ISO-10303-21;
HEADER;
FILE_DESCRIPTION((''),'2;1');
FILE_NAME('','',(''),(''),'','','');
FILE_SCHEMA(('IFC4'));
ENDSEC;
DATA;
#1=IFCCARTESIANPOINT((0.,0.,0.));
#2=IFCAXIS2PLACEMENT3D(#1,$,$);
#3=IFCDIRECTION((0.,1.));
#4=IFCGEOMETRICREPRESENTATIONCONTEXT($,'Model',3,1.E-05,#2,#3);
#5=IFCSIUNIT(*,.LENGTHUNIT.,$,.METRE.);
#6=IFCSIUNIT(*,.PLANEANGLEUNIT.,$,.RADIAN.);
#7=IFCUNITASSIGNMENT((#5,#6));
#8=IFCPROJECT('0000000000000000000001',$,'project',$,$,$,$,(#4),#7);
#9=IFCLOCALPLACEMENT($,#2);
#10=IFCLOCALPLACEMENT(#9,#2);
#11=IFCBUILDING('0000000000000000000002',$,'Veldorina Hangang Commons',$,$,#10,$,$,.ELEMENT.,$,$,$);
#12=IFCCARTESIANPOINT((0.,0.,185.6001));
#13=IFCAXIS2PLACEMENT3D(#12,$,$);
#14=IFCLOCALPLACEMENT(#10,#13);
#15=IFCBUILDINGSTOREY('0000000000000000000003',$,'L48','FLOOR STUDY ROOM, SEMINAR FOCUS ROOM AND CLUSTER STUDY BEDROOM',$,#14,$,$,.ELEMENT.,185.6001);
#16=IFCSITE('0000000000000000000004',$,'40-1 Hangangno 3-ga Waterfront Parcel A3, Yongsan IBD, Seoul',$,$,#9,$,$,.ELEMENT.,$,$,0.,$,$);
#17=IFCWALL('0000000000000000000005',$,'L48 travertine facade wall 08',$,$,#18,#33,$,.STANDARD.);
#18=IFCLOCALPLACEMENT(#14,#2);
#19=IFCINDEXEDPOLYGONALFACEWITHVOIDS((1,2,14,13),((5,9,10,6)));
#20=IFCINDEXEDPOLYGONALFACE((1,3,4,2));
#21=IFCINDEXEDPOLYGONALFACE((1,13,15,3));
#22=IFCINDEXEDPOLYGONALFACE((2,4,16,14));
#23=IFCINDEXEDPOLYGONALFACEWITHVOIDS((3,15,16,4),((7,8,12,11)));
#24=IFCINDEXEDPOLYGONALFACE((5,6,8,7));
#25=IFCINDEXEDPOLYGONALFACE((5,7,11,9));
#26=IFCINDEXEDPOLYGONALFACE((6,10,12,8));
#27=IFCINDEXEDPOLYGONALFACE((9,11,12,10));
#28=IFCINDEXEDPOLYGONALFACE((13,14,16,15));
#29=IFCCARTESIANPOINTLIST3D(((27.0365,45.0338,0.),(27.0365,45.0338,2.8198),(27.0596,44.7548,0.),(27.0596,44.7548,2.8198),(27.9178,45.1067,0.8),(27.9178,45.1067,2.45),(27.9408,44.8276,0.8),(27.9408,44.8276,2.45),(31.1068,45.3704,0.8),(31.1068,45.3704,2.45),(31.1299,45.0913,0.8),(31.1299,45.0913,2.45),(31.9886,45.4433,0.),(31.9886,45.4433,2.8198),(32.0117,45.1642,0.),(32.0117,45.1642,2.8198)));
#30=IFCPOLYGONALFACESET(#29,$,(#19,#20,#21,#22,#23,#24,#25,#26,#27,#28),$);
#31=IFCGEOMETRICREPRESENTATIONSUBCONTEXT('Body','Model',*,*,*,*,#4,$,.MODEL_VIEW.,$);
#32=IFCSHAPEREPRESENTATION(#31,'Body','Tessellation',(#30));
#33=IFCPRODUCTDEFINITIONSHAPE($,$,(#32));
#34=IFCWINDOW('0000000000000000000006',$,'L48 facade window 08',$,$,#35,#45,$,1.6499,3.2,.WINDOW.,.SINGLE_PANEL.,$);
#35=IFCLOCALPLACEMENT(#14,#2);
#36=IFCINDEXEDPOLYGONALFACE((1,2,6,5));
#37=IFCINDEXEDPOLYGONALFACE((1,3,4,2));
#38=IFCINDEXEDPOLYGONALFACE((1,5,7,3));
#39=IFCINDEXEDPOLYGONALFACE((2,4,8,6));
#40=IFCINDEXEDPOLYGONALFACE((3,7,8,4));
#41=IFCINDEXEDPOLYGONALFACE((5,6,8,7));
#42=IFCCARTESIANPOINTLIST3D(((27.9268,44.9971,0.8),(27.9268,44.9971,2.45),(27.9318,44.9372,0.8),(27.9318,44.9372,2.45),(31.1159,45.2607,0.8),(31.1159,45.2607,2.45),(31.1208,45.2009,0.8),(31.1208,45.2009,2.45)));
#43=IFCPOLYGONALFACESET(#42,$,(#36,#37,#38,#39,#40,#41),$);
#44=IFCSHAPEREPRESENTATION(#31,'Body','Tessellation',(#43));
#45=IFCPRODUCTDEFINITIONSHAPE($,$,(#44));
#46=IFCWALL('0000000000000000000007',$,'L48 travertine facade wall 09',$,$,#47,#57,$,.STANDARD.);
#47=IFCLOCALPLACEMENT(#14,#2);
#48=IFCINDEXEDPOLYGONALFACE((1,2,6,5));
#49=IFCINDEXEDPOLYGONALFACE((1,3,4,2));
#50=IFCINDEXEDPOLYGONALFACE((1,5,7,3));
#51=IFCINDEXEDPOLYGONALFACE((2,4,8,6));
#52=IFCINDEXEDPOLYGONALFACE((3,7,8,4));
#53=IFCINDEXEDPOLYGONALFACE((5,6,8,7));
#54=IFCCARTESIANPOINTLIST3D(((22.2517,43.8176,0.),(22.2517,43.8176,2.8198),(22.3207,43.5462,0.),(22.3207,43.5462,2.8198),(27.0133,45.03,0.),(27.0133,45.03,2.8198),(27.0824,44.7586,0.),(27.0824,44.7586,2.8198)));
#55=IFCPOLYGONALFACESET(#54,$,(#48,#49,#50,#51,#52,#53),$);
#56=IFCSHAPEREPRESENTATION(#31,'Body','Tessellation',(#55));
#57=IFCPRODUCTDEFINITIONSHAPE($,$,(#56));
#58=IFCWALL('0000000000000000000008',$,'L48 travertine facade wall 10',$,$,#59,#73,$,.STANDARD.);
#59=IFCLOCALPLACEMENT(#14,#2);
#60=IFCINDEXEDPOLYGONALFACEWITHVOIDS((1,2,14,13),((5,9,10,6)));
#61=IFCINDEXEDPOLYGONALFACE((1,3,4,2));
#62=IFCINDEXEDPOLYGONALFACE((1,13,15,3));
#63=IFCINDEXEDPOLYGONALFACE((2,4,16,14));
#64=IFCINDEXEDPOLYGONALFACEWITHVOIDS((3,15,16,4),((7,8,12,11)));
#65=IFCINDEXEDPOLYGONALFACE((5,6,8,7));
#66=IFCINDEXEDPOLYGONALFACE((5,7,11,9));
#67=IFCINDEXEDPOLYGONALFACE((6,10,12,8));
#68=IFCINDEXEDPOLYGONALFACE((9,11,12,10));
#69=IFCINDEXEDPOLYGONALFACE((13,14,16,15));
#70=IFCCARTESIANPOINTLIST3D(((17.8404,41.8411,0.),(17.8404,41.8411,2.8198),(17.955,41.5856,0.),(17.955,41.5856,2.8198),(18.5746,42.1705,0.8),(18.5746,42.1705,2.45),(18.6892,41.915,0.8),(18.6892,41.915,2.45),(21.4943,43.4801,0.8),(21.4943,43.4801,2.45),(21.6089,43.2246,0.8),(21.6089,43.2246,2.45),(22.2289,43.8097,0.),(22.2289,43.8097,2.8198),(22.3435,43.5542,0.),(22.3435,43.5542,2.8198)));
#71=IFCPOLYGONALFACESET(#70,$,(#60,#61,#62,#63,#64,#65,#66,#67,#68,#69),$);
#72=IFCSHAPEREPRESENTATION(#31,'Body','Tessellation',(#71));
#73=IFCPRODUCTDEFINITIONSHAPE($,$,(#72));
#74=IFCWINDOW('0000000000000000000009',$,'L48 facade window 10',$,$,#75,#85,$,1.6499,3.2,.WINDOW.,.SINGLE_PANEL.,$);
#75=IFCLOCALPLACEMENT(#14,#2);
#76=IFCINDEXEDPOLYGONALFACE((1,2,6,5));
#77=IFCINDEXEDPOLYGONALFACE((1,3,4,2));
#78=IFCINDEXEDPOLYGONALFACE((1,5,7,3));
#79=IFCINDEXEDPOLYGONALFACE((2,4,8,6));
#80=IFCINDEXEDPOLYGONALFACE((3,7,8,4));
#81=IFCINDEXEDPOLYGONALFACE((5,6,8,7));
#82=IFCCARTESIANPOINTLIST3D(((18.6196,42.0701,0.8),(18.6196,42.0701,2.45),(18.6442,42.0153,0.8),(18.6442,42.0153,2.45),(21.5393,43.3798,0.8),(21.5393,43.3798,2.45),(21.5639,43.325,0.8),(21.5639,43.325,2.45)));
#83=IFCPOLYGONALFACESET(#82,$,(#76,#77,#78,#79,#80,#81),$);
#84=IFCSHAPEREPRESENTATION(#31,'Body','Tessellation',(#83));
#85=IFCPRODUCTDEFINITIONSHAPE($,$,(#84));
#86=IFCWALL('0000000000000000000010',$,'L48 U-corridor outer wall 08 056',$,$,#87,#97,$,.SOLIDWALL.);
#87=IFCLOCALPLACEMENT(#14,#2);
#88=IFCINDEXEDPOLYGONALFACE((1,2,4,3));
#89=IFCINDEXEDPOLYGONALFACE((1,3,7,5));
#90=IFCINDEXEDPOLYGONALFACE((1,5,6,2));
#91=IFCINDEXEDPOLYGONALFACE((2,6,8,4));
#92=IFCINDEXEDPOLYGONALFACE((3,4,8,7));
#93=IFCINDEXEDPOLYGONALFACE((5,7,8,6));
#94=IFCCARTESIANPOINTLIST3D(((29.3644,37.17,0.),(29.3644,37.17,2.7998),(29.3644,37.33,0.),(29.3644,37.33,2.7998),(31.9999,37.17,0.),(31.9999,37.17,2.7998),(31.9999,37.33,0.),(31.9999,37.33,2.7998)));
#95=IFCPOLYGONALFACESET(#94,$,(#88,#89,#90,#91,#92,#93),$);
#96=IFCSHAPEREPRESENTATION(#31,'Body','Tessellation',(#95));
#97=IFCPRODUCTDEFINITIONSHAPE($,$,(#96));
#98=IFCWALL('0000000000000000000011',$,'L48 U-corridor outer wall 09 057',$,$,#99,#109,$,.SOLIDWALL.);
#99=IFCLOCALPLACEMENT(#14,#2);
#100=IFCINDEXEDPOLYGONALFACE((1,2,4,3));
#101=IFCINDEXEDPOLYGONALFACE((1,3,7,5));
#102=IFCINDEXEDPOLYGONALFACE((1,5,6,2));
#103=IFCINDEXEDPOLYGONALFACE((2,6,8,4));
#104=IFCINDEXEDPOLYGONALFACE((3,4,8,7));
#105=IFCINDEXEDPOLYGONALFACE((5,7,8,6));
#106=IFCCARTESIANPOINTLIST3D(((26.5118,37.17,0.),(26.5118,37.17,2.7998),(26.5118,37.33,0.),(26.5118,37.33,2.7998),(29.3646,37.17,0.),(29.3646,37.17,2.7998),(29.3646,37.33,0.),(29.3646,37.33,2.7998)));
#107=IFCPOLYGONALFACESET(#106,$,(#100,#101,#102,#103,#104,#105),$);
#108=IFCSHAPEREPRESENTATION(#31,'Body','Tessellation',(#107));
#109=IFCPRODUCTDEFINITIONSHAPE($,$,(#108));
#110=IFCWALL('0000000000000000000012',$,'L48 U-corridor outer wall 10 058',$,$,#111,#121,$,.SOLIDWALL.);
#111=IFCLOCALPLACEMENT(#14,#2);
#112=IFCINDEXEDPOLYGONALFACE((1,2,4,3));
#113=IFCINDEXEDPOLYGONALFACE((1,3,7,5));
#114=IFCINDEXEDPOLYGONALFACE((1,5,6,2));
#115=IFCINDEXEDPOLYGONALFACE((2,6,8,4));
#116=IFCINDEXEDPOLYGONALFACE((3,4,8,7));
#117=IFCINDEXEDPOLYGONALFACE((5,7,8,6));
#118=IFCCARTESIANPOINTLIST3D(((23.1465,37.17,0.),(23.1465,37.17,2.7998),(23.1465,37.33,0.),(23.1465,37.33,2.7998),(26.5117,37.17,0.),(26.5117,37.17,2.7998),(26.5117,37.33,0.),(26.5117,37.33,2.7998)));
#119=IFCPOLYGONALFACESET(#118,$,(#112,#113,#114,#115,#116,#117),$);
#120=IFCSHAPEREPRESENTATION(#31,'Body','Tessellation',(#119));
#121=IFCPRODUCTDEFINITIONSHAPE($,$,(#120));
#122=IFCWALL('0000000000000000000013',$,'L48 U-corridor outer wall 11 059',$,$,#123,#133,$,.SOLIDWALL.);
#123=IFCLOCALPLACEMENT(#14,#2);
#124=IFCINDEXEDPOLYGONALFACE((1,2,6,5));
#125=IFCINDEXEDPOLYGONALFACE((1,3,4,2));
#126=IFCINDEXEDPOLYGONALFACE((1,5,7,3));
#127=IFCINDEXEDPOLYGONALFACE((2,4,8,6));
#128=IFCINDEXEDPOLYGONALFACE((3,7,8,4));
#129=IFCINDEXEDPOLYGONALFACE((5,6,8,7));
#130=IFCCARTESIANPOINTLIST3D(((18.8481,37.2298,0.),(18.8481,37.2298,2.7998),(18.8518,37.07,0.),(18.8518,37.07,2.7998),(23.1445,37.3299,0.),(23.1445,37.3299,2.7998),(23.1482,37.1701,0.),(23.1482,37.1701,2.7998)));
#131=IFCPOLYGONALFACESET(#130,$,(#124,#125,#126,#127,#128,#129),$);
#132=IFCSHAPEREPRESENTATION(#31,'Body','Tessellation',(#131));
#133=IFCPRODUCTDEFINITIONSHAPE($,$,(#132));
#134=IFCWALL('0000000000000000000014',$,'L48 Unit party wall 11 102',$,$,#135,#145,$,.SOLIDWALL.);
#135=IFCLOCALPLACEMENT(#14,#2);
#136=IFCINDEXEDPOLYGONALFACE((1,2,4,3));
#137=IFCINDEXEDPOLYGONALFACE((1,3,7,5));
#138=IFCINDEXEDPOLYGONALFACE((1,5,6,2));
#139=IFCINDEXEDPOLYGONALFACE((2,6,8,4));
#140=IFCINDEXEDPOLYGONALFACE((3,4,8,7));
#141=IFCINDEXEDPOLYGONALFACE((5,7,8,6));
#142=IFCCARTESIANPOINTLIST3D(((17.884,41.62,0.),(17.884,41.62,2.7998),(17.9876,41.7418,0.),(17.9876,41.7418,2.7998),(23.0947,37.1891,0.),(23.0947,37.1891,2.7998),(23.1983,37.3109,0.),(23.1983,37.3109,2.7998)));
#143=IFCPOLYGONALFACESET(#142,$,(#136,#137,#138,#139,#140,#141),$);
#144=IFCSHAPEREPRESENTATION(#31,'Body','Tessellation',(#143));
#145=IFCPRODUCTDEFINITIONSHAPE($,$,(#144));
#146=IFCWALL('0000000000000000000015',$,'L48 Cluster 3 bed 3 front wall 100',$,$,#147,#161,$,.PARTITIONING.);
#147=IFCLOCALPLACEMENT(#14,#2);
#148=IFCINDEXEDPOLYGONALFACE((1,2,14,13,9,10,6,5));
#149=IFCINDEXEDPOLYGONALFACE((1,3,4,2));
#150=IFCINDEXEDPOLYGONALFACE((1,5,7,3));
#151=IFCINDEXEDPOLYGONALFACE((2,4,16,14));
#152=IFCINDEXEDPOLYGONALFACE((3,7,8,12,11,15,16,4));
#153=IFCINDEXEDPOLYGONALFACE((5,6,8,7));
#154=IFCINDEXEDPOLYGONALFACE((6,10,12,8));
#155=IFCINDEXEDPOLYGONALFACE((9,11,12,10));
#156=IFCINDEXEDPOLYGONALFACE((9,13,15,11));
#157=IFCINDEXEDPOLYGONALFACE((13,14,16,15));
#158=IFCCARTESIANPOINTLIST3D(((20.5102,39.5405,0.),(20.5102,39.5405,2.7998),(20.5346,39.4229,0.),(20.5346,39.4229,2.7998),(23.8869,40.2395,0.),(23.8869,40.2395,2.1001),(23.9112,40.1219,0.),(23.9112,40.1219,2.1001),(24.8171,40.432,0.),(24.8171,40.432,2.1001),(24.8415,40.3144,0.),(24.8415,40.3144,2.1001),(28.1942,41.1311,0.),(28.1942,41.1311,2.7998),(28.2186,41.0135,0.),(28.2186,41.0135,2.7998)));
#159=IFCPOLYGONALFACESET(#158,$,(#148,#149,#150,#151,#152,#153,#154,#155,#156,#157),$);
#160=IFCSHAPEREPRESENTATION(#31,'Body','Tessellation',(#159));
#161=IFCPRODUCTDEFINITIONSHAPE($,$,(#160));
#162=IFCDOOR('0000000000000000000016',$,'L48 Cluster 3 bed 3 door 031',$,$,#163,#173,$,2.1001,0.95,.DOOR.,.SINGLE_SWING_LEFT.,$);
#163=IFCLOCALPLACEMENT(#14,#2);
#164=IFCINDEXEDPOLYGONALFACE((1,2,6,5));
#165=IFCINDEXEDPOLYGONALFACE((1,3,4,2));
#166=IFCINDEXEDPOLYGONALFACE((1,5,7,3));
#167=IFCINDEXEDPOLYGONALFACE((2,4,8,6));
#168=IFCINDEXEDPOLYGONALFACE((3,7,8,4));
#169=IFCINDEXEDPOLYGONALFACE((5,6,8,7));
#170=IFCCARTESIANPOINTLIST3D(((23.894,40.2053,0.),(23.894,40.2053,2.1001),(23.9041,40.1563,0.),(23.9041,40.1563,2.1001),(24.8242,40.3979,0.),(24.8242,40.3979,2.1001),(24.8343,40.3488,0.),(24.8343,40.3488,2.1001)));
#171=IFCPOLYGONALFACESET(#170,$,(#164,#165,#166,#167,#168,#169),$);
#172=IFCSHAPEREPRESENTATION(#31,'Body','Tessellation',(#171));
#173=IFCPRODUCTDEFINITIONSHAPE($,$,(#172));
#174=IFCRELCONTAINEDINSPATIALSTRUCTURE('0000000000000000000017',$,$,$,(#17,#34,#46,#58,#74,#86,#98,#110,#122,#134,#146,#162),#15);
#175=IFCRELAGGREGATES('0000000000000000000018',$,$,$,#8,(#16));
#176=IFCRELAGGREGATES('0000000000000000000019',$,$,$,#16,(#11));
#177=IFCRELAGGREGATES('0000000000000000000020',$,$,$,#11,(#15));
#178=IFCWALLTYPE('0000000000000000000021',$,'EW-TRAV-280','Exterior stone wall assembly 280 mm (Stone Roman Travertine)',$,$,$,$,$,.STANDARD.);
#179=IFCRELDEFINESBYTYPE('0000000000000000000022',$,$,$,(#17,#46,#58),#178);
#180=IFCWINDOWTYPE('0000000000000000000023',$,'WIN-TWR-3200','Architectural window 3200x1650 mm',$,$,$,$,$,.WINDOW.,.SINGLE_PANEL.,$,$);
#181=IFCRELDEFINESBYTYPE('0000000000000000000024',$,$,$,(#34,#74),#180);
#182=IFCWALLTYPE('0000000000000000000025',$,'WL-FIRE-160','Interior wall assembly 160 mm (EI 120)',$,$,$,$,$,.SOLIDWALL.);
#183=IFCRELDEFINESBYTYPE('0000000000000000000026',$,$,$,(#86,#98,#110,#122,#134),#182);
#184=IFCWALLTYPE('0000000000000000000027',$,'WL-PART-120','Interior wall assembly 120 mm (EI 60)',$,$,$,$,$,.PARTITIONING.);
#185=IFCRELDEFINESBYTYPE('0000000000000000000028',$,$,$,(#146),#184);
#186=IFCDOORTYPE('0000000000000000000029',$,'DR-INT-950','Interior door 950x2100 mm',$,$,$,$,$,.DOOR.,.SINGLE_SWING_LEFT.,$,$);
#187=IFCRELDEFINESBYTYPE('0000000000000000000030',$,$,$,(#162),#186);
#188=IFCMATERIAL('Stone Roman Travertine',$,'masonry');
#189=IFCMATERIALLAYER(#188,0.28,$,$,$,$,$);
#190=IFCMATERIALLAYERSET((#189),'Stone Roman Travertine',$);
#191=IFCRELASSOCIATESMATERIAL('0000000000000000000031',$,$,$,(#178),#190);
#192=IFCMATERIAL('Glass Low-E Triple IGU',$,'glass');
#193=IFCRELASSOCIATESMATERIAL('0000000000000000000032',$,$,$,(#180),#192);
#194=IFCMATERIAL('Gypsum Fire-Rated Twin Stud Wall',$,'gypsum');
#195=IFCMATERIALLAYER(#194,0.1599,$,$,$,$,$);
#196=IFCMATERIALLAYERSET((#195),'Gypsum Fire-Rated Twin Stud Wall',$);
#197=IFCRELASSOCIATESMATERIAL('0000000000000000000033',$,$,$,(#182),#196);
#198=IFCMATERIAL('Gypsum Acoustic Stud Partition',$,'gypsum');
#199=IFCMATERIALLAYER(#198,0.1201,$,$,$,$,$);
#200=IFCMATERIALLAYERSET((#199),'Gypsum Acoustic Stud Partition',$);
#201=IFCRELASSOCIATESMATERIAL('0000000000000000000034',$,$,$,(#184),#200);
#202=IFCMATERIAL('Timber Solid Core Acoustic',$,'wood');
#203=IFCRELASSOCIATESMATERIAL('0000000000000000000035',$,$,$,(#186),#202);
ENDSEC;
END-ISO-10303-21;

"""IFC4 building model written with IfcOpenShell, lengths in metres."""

from ifc_helpers import new_model, si_unit, direction, frame, frame_2d, origin, place, context, subcontext, project, spatial, rectangle, extrude, material, layer, layer_set, type_object, element, fill, save


model = new_model("IFC4")

# Units and contexts
model_context = context("Model", 3, precision=1e-05, world=origin(), true_north=direction((0.0, 1.0)))
body_context = subcontext(model_context, "Body", "Model", "MODEL_VIEW")
ifc_project = project(units=[si_unit("LENGTHUNIT", "METRE"), si_unit("PLANEANGLEUNIT", "RADIAN")], contexts=[model_context])

# Site, building, storey
site_placement = place(None, origin())
site = spatial("IfcSite", under=ifc_project, at=site_placement, Name="40-1 Hangangno 3-ga Waterfront Parcel A3, Yongsan IBD, Seoul", CompositionType="ELEMENT", RefElevation=0.0)
building_placement = place(site_placement, origin())
building = spatial("IfcBuilding", under=site, at=building_placement, Name="Veldorina Hangang Commons", CompositionType="ELEMENT")
storey_placement = place(building_placement, frame((0.0, 0.0, 185.6001)))
storey = spatial("IfcBuildingStorey", under=building, at=storey_placement, Name="L48", Description="FLOOR STUDY ROOM, SEMINAR FOCUS ROOM AND CLUSTER STUDY BEDROOM", CompositionType="ELEMENT", Elevation=185.6001)

# Wall, opening, window
ifc_material_1 = material(Name="Stone Roman Travertine", Category="masonry")
ifc_layer_1 = layer(ifc_material_1, 0.28)
ifc_layer_set_1 = layer_set([ifc_layer_1], Name="Stone Roman Travertine")
wall_type_1 = type_object("IfcWallType", Name="EW-TRAV-280", Description="Exterior stone wall assembly 280 mm (Stone Roman Travertine)", PredefinedType="STANDARD", material=ifc_layer_set_1)
wall_1_placement = place(storey_placement, frame((32.0, 45.3037, 0.0), z_axis=(0.0, 0.0, 1.0), x_axis=(-0.9966, -0.082395, 0.0)))
wall_1 = element("IfcWall", 1, at=wall_1_placement, inside=storey, type_object=wall_type_1, Name="L48 travertine facade wall 08", PredefinedType="STANDARD", context=body_context, shape_type="SweptSolid", body=[
    extrude(rectangle(XDim=4.969, YDim=0.28, at=frame_2d((2.4844, 0.0))), origin(), (0.0, 0.0, 1.0), 2.8198),
])
opening_1_placement = place(wall_1_placement, frame((0.8845, 0.0, 0.8)))
opening_1 = element("IfcOpeningElement", 2, at=opening_1_placement, cuts=wall_1, PredefinedType="OPENING", context=body_context, shape_type="SweptSolid", body=[
    extrude(rectangle(XDim=3.2, YDim=1.6499, at=frame_2d((1.6001, 0.825))), frame((0.0, 0.1499, 0.0), z_axis=(0.0, -1.0, 0.0), x_axis=(1.0, 0.0, 0.0)), (0.0, 0.0, 1.0), 0.3),
])
ifc_material_2 = material(Name="Glass Low-E Triple IGU", Category="glass")
window_type = type_object("IfcWindowType", Name="WIN-TWR-3200", Description="Architectural window 3200x1650 mm", PartitioningType="SINGLE_PANEL", PredefinedType="WINDOW", material=ifc_material_2)
window_1_placement = place(opening_1_placement, origin())
window_1 = element("IfcWindow", 3, at=window_1_placement, inside=storey, type_object=window_type, Name="L48 facade window 08", OverallHeight=1.6499, OverallWidth=3.2, PartitioningType="SINGLE_PANEL", PredefinedType="WINDOW", context=body_context, shape_type="SweptSolid", body=[
    extrude(rectangle(XDim=3.2, YDim=1.6499, at=frame_2d((1.6001, 0.825))), frame((0.0, 0.03, 0.0), z_axis=(0.0, -1.0, 0.0), x_axis=(1.0, 0.0, 0.0)), (0.0, 0.0, 1.0), 0.0601),
])
fill(opening_1, window_1)

# Wall
wall_2_placement = place(storey_placement, frame((27.0479, 44.8943, 0.0), z_axis=(0.0, 0.0, 1.0), x_axis=(-0.969081, -0.246742, 0.0)))
element("IfcWall", 4, at=wall_2_placement, inside=storey, type_object=wall_type_1, Name="L48 travertine facade wall 09", PredefinedType="STANDARD", context=body_context, shape_type="SweptSolid", body=[
    extrude(rectangle(XDim=4.9136, YDim=0.28, at=frame_2d((2.4568, 0.0))), origin(), (0.0, 0.0, 1.0), 2.8198),
])

# Wall, opening, window
wall_3_placement = place(storey_placement, frame((22.2861, 43.6819, 0.0), z_axis=(0.0, 0.0, 1.0), x_axis=(-0.91241, -0.409277, 0.0)))
wall_3 = element("IfcWall", 5, at=wall_3_placement, inside=storey, type_object=wall_type_1, Name="L48 travertine facade wall 10", PredefinedType="STANDARD", context=body_context, shape_type="SweptSolid", body=[
    extrude(rectangle(XDim=4.8098, YDim=0.28, at=frame_2d((2.4048, 0.0))), origin(), (0.0, 0.0, 1.0), 2.8198),
])
opening_2_placement = place(wall_3_placement, frame((0.8049, 0.0, 0.8)))
opening_2 = element("IfcOpeningElement", 6, at=opening_2_placement, cuts=wall_3, PredefinedType="OPENING", context=body_context, shape_type="SweptSolid", body=[
    extrude(rectangle(XDim=3.2, YDim=1.6499, at=frame_2d((1.6001, 0.825))), frame((0.0, 0.1499, 0.0), z_axis=(0.0, -1.0, 0.0), x_axis=(1.0, 0.0, 0.0)), (0.0, 0.0, 1.0), 0.3),
])
window_2_placement = place(opening_2_placement, origin())
window_2 = element("IfcWindow", 7, at=window_2_placement, inside=storey, type_object=window_type, Name="L48 facade window 10", OverallHeight=1.6499, OverallWidth=3.2, PartitioningType="SINGLE_PANEL", PredefinedType="WINDOW", context=body_context, shape_type="SweptSolid", body=[
    extrude(rectangle(XDim=3.2, YDim=1.6499, at=frame_2d((1.6001, 0.825))), frame((0.0, 0.03, 0.0), z_axis=(0.0, -1.0, 0.0), x_axis=(1.0, 0.0, 0.0)), (0.0, 0.0, 1.0), 0.0601),
])
fill(opening_2, window_2)

# Walls
ifc_material_3 = material(Name="Gypsum Fire-Rated Twin Stud Wall", Category="gypsum")
ifc_layer_2 = layer(ifc_material_3, 0.1599)
ifc_layer_set_2 = layer_set([ifc_layer_2], Name="Gypsum Fire-Rated Twin Stud Wall")
wall_type_2 = type_object("IfcWallType", Name="WL-FIRE-160", Description="Interior wall assembly 160 mm (EI 120)", PredefinedType="SOLIDWALL", material=ifc_layer_set_2)
wall_4_placement = place(storey_placement, frame((32.0, 37.25, 0.0), z_axis=(0.0, 0.0, 1.0), x_axis=(-1.0, 0.0, 0.0)))
element("IfcWall", 8, at=wall_4_placement, inside=storey, type_object=wall_type_2, Name="L48 U-corridor outer wall 08 056", PredefinedType="SOLIDWALL", context=body_context, shape_type="SweptSolid", body=[
    extrude(rectangle(XDim=2.6355, YDim=0.1599, at=frame_2d((1.3179, 0.0))), origin(), (0.0, 0.0, 1.0), 2.7998),
])
wall_5_placement = place(storey_placement, frame((29.3645, 37.25, 0.0), z_axis=(0.0, 0.0, 1.0), x_axis=(-1.0, 0.0, 0.0)))
element("IfcWall", 9, at=wall_5_placement, inside=storey, type_object=wall_type_2, Name="L48 U-corridor outer wall 09 057", PredefinedType="SOLIDWALL", context=body_context, shape_type="SweptSolid", body=[
    extrude(rectangle(XDim=2.8528, YDim=0.1599, at=frame_2d((1.4263, 0.0))), origin(), (0.0, 0.0, 1.0), 2.7998),
])
wall_6_placement = place(storey_placement, frame((26.5117, 37.25, 0.0), z_axis=(0.0, 0.0, 1.0), x_axis=(-1.0, 0.0, 0.0)))
element("IfcWall", 10, at=wall_6_placement, inside=storey, type_object=wall_type_2, Name="L48 U-corridor outer wall 10 058", PredefinedType="SOLIDWALL", context=body_context, shape_type="SweptSolid", body=[
    extrude(rectangle(XDim=3.3652, YDim=0.1599, at=frame_2d((1.6826, 0.0))), origin(), (0.0, 0.0, 1.0), 2.7998),
])
wall_7_placement = place(storey_placement, frame((23.1465, 37.25, 0.0), z_axis=(0.0, 0.0, 1.0), x_axis=(-0.999729, -0.023292, 0.0)))
element("IfcWall", 11, at=wall_7_placement, inside=storey, type_object=wall_type_2, Name="L48 U-corridor outer wall 11 059", PredefinedType="SOLIDWALL", context=body_context, shape_type="SweptSolid", body=[
    extrude(rectangle(XDim=4.2976, YDim=0.1599, at=frame_2d((2.1489, 0.0))), origin(), (0.0, 0.0, 1.0), 2.7998),
])
wall_8_placement = place(storey_placement, frame((23.1465, 37.25, 0.0), z_axis=(0.0, 0.0, 1.0), x_axis=(-0.761808, 0.647803, 0.0)))
element("IfcWall", 12, at=wall_8_placement, inside=storey, type_object=wall_type_2, Name="L48 Unit party wall 11 102", PredefinedType="SOLIDWALL", context=body_context, shape_type="SweptSolid", body=[
    extrude(rectangle(XDim=6.8398, YDim=0.1599, at=frame_2d((3.4199, 0.0))), origin(), (0.0, 0.0, 1.0), 2.7998),
])

# Wall, opening, door
ifc_material_4 = material(Name="Gypsum Acoustic Stud Partition", Category="gypsum")
ifc_layer_3 = layer(ifc_material_4, 0.1201)
ifc_layer_set_3 = layer_set([ifc_layer_3], Name="Gypsum Acoustic Stud Partition")
wall_type_3 = type_object("IfcWallType", Name="WL-PART-120", Description="Interior wall assembly 120 mm (EI 60)", PredefinedType="PARTITIONING", material=ifc_layer_set_3)
wall_9_placement = place(storey_placement, frame((28.2063, 41.0723, 0.0), z_axis=(0.0, 0.0, 1.0), x_axis=(-0.979241, -0.202699, 0.0)))
wall_9 = element("IfcWall", 13, at=wall_9_placement, inside=storey, type_object=wall_type_3, Name="L48 Cluster 3 bed 3 front wall 100", PredefinedType="PARTITIONING", context=body_context, shape_type="SweptSolid", body=[
    extrude(rectangle(XDim=7.8469, YDim=0.1201, at=frame_2d((3.9233, 0.0))), origin(), (0.0, 0.0, 1.0), 2.7998),
])
opening_3_placement = place(wall_9_placement, frame((3.4485, 0.0, 0.0)))
opening_3 = element("IfcOpeningElement", 14, at=opening_3_placement, cuts=wall_9, PredefinedType="OPENING", context=body_context, shape_type="SweptSolid", body=[
    extrude(rectangle(XDim=0.95, YDim=2.1001, at=frame_2d((0.4751, 1.05))), frame((0.0, 0.0701, 0.0), z_axis=(0.0, -1.0, 0.0), x_axis=(1.0, 0.0, 0.0)), (0.0, 0.0, 1.0), 0.1401),
])
ifc_material_5 = material(Name="Timber Solid Core Acoustic", Category="wood")
door_type = type_object("IfcDoorType", Name="DR-INT-950", Description="Interior door 950x2100 mm", OperationType="SINGLE_SWING_LEFT", PredefinedType="DOOR", material=ifc_material_5)
door_placement = place(opening_3_placement, origin())
door = element("IfcDoor", 15, at=door_placement, inside=storey, type_object=door_type, Name="L48 Cluster 3 bed 3 door 031", OperationType="SINGLE_SWING_LEFT", OverallHeight=2.1001, OverallWidth=0.95, PredefinedType="DOOR", context=body_context, shape_type="SweptSolid", body=[
    extrude(rectangle(XDim=0.95, YDim=2.1001, at=frame_2d((0.4751, 1.05))), frame((0.0, 0.0249, 0.0), z_axis=(0.0, -1.0, 0.0), x_axis=(1.0, 0.0, 0.0)), (0.0, 0.0, 1.0), 0.05),
])
fill(opening_3, door)

save(model, "model.ifc")
